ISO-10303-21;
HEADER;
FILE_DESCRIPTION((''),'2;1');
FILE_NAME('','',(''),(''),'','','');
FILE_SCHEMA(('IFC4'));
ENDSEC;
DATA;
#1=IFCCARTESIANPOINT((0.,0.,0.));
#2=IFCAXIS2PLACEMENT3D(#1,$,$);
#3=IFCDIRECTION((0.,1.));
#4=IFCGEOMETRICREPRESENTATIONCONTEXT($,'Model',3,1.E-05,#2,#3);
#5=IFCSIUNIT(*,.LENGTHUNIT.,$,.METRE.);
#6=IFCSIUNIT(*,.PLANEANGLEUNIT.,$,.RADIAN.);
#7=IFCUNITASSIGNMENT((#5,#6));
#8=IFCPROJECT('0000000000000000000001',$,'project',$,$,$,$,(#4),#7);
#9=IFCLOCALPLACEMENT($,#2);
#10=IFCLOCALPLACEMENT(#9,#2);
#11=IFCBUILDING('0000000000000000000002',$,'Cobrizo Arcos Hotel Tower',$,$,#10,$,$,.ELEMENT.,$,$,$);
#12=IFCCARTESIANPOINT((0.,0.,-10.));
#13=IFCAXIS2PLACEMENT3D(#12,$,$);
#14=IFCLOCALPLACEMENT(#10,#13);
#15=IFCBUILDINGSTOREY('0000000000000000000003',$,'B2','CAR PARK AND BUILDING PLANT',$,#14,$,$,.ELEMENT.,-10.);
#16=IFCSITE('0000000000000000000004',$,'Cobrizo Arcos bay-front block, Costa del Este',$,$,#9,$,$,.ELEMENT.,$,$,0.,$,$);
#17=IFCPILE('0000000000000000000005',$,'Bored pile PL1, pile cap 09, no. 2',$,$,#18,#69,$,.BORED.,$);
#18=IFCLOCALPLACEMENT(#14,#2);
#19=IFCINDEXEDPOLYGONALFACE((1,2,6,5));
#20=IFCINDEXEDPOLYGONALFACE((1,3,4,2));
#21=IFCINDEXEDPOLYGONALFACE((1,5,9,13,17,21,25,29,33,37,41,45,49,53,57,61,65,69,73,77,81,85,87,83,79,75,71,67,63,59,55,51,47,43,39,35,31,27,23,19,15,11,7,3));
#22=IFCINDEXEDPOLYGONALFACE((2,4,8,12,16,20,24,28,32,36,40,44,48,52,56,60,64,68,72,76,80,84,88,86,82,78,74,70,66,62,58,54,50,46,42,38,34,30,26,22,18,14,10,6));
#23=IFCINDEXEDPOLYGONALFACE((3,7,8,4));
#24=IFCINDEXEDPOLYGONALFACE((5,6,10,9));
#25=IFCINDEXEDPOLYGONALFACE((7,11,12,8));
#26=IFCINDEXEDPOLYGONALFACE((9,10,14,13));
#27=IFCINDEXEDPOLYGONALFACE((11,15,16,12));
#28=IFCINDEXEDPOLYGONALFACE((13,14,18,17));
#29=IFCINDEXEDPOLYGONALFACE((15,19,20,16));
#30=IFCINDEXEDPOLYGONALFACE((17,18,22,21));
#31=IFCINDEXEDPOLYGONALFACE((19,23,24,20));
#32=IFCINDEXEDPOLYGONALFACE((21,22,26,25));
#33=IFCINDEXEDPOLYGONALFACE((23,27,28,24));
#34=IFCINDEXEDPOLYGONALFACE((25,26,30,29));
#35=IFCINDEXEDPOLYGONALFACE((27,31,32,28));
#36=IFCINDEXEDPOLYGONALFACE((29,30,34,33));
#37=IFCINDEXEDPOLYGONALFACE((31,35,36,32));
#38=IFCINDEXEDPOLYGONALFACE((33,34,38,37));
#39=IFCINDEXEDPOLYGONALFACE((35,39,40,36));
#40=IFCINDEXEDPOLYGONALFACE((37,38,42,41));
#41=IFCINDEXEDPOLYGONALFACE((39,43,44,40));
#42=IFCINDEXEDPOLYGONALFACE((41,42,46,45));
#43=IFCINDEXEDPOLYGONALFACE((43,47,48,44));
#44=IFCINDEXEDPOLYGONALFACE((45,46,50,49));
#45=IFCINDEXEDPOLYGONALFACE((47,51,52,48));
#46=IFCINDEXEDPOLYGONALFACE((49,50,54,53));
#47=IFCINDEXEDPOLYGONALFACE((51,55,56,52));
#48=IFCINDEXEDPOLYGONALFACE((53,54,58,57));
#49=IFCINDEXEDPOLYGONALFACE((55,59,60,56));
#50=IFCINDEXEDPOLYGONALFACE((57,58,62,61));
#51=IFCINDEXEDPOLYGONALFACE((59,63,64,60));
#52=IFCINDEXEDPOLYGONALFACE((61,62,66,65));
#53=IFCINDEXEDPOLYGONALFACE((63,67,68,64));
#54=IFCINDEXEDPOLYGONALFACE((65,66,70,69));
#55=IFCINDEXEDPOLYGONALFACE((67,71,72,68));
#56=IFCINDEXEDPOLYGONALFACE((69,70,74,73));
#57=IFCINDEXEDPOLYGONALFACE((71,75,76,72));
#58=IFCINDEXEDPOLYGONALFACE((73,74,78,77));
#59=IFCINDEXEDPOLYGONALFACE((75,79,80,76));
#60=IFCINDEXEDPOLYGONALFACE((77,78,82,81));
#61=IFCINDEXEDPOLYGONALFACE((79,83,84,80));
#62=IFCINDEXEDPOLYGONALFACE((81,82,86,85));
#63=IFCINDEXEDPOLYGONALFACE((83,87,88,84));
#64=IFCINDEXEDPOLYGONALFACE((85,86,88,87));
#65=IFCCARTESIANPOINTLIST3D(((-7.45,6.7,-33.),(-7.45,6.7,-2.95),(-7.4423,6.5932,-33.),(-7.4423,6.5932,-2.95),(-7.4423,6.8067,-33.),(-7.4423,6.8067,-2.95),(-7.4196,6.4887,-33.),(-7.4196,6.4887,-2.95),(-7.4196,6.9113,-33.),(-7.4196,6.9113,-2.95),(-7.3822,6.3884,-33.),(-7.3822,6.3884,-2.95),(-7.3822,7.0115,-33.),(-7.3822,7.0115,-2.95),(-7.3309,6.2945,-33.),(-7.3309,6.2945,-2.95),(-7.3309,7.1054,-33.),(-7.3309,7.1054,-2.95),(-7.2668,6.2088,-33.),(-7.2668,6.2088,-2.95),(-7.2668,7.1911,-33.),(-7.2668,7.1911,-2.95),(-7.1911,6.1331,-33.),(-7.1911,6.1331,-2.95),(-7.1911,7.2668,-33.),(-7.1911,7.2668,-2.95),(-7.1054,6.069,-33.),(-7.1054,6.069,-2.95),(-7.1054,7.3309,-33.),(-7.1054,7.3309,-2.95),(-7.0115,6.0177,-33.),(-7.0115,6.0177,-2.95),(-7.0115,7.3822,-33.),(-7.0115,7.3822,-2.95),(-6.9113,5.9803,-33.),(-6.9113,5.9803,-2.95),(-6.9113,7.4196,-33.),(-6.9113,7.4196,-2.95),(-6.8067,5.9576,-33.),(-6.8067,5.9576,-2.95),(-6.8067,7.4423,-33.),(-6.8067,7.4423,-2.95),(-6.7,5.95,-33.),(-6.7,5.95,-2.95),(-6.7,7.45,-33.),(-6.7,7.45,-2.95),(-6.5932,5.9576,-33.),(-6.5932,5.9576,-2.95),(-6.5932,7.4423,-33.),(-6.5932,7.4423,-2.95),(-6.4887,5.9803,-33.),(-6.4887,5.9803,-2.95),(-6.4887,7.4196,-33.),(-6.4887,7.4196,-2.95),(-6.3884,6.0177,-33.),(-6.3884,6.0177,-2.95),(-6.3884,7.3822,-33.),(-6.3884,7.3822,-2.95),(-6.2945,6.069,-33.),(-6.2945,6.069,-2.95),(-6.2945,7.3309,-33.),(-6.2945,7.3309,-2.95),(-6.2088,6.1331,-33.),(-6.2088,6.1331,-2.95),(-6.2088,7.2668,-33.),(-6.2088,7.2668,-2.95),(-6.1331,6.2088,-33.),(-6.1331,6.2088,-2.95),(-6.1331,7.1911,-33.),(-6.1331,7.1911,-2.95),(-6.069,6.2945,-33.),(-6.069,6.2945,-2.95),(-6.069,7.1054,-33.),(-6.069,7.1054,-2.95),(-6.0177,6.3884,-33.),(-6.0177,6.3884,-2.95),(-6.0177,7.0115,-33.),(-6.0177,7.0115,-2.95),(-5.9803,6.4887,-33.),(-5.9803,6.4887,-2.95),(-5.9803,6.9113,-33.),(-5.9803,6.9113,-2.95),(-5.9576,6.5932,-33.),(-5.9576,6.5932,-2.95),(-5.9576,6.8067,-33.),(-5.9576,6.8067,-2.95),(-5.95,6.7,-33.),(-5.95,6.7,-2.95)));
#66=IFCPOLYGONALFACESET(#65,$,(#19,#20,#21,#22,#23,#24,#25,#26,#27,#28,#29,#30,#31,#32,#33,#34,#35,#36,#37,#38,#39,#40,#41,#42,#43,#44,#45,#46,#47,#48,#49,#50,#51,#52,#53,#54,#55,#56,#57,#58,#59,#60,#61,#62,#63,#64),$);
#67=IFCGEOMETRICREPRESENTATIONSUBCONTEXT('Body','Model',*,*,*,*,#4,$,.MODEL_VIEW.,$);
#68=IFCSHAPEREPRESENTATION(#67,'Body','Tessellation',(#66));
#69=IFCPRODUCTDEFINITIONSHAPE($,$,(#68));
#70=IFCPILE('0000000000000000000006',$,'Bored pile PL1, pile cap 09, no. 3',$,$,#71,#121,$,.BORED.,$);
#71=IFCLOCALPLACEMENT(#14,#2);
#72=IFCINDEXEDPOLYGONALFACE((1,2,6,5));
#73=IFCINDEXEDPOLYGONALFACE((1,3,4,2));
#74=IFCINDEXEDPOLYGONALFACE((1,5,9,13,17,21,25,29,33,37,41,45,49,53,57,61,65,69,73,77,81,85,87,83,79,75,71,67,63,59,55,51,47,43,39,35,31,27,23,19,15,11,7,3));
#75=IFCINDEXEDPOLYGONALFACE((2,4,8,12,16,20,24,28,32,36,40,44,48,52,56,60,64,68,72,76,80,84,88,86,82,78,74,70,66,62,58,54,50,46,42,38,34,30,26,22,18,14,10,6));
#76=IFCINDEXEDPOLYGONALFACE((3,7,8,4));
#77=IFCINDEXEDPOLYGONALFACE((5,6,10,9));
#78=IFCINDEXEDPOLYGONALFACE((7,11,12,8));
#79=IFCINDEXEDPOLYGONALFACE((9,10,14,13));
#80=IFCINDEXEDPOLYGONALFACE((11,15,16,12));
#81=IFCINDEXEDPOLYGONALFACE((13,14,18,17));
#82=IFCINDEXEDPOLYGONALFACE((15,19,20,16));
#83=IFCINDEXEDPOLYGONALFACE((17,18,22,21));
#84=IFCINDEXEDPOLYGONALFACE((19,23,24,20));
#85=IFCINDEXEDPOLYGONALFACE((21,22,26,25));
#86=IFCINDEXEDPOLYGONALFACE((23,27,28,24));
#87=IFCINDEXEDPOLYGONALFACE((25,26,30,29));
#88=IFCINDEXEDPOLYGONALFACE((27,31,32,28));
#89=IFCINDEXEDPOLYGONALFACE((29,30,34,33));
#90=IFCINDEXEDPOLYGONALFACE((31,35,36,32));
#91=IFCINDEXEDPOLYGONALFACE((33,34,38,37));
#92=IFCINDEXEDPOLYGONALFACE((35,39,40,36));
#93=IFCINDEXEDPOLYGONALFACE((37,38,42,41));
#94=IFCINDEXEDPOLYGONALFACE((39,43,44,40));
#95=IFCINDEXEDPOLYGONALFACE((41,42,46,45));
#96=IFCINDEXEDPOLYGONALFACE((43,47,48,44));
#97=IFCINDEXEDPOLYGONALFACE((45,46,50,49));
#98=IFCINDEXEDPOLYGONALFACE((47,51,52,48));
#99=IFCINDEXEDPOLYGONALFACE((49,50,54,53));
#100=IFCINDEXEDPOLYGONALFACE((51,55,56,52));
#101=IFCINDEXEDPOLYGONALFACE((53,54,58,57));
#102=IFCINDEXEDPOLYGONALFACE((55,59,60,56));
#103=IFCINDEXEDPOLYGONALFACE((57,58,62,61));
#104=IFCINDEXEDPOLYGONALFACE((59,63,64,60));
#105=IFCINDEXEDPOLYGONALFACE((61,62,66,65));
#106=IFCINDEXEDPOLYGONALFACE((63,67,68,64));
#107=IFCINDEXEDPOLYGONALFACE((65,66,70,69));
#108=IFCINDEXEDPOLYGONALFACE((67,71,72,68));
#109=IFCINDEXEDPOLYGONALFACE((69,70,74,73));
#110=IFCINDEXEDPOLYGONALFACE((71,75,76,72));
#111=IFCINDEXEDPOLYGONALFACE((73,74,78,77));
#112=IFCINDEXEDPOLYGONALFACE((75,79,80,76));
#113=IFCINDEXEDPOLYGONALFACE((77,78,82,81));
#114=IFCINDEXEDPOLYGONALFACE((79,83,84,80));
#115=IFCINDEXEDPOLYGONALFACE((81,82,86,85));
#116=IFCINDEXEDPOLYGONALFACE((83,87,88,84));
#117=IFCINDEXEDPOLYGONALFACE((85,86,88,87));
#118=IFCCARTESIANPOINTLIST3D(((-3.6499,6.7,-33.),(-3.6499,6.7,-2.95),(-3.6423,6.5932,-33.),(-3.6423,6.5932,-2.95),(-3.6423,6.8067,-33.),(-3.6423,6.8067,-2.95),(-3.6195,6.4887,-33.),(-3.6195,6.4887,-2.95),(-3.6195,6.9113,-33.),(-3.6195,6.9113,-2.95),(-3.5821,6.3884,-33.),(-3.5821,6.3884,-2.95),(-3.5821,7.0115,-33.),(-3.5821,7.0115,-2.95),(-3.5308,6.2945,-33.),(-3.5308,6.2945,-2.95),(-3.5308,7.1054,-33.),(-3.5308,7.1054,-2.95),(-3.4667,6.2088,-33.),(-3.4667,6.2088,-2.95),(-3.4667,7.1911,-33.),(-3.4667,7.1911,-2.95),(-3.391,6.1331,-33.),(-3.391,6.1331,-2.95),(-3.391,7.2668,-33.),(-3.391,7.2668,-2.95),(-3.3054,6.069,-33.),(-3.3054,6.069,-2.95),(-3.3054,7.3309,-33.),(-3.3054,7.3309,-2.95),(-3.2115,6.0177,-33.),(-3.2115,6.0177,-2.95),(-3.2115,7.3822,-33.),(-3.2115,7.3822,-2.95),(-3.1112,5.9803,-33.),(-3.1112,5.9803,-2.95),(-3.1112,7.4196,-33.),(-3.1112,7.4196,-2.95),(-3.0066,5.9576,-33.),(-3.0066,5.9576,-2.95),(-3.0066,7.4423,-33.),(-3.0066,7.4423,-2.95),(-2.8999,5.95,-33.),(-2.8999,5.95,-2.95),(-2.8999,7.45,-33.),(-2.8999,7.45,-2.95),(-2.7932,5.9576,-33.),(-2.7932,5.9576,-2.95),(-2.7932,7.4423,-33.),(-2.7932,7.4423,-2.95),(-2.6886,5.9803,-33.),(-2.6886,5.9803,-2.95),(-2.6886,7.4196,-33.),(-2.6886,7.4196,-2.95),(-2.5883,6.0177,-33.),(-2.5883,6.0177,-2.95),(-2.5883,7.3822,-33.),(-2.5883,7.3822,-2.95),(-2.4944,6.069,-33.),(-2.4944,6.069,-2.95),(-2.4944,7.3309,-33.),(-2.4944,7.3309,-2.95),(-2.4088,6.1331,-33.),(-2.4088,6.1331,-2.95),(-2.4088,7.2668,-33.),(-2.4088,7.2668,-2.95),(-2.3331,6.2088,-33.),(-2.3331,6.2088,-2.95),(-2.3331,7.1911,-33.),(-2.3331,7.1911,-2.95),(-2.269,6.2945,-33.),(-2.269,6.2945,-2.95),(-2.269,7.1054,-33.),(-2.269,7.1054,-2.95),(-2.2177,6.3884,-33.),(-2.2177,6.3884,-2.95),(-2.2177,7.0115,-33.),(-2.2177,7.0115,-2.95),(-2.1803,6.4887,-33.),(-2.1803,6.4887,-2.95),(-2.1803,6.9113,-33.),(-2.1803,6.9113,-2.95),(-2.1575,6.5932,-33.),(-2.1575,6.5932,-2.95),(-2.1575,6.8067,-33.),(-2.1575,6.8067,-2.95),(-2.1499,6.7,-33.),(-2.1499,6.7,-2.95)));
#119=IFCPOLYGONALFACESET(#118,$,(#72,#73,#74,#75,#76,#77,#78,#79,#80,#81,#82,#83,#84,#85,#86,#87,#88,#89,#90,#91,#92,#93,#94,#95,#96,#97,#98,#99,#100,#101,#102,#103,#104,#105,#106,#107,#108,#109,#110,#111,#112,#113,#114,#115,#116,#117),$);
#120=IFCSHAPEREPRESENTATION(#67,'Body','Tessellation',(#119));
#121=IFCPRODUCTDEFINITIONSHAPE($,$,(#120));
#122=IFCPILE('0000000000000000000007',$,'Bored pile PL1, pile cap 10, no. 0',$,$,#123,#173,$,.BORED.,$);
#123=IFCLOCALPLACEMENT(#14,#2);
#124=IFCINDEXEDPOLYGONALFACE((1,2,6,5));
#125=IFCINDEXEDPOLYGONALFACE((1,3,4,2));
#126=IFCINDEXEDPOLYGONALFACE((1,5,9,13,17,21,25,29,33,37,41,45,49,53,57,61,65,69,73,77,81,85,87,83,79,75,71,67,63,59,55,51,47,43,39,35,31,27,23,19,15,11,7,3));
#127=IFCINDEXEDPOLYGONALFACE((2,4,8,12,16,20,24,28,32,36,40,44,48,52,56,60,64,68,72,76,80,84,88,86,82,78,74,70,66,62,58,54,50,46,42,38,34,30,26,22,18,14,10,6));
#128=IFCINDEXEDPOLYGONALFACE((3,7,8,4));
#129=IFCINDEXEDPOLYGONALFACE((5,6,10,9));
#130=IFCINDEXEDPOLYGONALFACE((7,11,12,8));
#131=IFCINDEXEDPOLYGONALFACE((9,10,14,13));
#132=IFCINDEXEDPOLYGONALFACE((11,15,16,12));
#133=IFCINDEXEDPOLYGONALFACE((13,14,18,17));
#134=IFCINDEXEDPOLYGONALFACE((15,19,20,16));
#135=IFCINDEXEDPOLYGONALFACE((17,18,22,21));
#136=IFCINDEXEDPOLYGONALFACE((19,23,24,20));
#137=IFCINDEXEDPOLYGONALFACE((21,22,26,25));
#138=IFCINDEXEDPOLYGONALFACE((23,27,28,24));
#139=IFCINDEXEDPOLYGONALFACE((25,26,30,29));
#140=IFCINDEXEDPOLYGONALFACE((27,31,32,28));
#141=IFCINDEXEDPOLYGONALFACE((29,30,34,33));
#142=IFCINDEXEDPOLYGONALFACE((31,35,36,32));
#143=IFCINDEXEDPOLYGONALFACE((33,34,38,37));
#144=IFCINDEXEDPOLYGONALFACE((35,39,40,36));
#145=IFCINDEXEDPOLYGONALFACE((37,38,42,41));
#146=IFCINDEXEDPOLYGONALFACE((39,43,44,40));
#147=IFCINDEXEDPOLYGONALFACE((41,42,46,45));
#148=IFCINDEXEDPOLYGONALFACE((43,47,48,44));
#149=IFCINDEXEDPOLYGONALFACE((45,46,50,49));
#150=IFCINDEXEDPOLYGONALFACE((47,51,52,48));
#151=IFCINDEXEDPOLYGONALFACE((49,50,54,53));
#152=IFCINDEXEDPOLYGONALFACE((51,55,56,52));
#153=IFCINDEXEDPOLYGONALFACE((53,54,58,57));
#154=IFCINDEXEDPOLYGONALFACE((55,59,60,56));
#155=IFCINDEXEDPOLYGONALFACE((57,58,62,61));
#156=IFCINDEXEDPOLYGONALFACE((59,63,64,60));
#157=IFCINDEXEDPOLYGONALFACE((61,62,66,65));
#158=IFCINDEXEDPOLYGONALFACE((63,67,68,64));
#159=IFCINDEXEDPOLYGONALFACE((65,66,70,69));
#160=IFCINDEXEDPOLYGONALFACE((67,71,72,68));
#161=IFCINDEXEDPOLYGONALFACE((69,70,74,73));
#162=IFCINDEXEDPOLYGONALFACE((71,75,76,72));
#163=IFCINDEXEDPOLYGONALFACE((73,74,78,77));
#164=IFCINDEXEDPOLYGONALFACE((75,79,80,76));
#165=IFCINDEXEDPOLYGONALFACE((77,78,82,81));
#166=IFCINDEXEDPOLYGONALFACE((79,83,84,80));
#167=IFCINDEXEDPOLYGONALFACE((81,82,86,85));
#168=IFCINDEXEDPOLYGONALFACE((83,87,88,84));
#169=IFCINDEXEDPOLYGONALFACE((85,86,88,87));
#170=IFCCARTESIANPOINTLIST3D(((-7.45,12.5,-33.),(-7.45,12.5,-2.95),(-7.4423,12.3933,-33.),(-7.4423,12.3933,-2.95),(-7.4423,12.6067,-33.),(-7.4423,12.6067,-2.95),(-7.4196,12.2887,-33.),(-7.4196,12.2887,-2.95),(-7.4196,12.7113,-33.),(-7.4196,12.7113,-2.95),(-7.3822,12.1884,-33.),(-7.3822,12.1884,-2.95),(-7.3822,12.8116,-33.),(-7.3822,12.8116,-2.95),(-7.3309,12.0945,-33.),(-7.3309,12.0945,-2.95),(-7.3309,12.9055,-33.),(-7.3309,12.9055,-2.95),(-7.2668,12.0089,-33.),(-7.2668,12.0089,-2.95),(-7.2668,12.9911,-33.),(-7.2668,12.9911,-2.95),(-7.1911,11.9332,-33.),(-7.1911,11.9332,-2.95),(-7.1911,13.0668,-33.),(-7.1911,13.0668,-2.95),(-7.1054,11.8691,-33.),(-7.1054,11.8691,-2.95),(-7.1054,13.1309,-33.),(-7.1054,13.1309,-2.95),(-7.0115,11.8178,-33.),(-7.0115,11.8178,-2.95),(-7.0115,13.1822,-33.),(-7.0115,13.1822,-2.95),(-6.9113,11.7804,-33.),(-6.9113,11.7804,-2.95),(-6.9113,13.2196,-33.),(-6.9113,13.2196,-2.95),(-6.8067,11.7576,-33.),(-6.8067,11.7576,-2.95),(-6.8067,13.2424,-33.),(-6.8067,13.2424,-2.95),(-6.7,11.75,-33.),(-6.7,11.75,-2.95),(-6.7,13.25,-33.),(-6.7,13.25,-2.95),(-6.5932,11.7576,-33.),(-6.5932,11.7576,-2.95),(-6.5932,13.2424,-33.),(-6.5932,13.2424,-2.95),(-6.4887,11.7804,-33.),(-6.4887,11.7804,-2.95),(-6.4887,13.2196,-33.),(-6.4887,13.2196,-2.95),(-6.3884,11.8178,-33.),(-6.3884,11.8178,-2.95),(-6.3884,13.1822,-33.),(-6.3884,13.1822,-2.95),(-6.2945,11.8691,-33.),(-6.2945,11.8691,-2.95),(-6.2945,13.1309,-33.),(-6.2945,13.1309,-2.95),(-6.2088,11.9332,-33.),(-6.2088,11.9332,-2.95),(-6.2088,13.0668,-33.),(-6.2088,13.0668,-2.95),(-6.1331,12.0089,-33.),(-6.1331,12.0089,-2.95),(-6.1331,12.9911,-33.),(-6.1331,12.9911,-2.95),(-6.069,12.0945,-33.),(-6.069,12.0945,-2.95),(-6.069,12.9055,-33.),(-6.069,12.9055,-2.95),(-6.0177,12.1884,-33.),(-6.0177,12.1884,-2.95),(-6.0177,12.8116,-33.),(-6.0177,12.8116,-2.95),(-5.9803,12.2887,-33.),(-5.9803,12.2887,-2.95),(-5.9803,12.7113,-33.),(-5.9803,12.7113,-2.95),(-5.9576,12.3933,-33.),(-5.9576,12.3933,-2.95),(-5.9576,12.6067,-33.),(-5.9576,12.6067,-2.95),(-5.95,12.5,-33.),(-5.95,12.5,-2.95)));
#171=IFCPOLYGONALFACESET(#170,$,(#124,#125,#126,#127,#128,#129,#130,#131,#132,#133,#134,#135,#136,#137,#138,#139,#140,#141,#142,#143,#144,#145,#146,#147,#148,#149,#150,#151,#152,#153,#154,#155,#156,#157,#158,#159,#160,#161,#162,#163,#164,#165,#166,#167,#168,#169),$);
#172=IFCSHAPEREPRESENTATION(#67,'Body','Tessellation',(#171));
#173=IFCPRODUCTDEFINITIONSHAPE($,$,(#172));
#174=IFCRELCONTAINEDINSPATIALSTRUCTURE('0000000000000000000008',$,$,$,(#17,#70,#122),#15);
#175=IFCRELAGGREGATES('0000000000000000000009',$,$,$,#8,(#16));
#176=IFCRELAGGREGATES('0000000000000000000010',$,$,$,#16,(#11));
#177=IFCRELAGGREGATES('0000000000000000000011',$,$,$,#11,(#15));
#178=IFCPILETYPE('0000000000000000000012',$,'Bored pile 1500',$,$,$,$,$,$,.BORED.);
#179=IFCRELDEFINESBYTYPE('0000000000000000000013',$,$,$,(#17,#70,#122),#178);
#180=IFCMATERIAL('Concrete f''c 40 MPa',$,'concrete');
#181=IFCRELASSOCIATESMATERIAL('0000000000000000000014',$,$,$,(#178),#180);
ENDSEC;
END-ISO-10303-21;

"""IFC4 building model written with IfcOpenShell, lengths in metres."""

from ifc_helpers import new_model, si_unit, direction, frame, origin, origin_2d, place, context, subcontext, project, spatial, circle, extrude, material, material_profile, profile_set, type_object, element, save


model = new_model("IFC4")

# Units and contexts
model_context = context("Model", 3, precision=1e-05, world=origin(), true_north=direction((0.0, 1.0)))
body_context = subcontext(model_context, "Body", "Model", "MODEL_VIEW")
ifc_project = project(units=[si_unit("LENGTHUNIT", "METRE"), si_unit("PLANEANGLEUNIT", "RADIAN")], contexts=[model_context])

# Site, building, storey
site_placement = place(None, origin())
site = spatial("IfcSite", under=ifc_project, at=site_placement, Name="Cobrizo Arcos bay-front block, Costa del Este", CompositionType="ELEMENT", RefElevation=0.0)
building_placement = place(site_placement, origin())
building = spatial("IfcBuilding", under=site, at=building_placement, Name="Cobrizo Arcos Hotel Tower", CompositionType="ELEMENT")
storey_placement = place(building_placement, frame((0.0, 0.0, -10.0)))
storey = spatial("IfcBuildingStorey", under=building, at=storey_placement, Name="B2", Description="CAR PARK AND BUILDING PLANT", CompositionType="ELEMENT", Elevation=-10.0)

# Piles
ifc_material_1 = material(Name="Concrete f'c 40 MPa", Category="concrete")
ifc_material_profile_1 = material_profile(ifc_material_1, circle(Radius=0.75, at=origin_2d()), Name="BORED PILE 1500")
ifc_profile_set_1 = profile_set([ifc_material_profile_1], Name="Concrete f'c 40 MPa")
pile_type = type_object("IfcPileType", Name="Bored pile 1500", PredefinedType="BORED", material=ifc_profile_set_1)
for number, where, z_axis, x_axis, name in (
    (1, (-6.7, 6.7, -2.95), (0.0, 0.0, -1.0), (1.0, 0.0, 0.0), "Bored pile PL1, pile cap 09, no. 2"),
    (2, (-2.8999, 6.7, -2.95), (0.0, 0.0, -1.0), (1.0, 0.0, 0.0), "Bored pile PL1, pile cap 09, no. 3"),
    (3, (-6.7, 12.5, -2.95), (0.0, 0.0, -1.0), (1.0, 0.0, 0.0), "Bored pile PL1, pile cap 10, no. 0"),
):
    element("IfcPile", number, at=place(storey_placement, frame(where, z_axis=z_axis, x_axis=x_axis)), inside=storey, type_object=pile_type, Name=name, PredefinedType="BORED", context=body_context, shape_type="SweptSolid", body=[
        extrude(circle(Radius=0.75, at=origin_2d()), origin(), (0.0, 0.0, 1.0), 30.05),
    ])

save(model, "model.ifc")
